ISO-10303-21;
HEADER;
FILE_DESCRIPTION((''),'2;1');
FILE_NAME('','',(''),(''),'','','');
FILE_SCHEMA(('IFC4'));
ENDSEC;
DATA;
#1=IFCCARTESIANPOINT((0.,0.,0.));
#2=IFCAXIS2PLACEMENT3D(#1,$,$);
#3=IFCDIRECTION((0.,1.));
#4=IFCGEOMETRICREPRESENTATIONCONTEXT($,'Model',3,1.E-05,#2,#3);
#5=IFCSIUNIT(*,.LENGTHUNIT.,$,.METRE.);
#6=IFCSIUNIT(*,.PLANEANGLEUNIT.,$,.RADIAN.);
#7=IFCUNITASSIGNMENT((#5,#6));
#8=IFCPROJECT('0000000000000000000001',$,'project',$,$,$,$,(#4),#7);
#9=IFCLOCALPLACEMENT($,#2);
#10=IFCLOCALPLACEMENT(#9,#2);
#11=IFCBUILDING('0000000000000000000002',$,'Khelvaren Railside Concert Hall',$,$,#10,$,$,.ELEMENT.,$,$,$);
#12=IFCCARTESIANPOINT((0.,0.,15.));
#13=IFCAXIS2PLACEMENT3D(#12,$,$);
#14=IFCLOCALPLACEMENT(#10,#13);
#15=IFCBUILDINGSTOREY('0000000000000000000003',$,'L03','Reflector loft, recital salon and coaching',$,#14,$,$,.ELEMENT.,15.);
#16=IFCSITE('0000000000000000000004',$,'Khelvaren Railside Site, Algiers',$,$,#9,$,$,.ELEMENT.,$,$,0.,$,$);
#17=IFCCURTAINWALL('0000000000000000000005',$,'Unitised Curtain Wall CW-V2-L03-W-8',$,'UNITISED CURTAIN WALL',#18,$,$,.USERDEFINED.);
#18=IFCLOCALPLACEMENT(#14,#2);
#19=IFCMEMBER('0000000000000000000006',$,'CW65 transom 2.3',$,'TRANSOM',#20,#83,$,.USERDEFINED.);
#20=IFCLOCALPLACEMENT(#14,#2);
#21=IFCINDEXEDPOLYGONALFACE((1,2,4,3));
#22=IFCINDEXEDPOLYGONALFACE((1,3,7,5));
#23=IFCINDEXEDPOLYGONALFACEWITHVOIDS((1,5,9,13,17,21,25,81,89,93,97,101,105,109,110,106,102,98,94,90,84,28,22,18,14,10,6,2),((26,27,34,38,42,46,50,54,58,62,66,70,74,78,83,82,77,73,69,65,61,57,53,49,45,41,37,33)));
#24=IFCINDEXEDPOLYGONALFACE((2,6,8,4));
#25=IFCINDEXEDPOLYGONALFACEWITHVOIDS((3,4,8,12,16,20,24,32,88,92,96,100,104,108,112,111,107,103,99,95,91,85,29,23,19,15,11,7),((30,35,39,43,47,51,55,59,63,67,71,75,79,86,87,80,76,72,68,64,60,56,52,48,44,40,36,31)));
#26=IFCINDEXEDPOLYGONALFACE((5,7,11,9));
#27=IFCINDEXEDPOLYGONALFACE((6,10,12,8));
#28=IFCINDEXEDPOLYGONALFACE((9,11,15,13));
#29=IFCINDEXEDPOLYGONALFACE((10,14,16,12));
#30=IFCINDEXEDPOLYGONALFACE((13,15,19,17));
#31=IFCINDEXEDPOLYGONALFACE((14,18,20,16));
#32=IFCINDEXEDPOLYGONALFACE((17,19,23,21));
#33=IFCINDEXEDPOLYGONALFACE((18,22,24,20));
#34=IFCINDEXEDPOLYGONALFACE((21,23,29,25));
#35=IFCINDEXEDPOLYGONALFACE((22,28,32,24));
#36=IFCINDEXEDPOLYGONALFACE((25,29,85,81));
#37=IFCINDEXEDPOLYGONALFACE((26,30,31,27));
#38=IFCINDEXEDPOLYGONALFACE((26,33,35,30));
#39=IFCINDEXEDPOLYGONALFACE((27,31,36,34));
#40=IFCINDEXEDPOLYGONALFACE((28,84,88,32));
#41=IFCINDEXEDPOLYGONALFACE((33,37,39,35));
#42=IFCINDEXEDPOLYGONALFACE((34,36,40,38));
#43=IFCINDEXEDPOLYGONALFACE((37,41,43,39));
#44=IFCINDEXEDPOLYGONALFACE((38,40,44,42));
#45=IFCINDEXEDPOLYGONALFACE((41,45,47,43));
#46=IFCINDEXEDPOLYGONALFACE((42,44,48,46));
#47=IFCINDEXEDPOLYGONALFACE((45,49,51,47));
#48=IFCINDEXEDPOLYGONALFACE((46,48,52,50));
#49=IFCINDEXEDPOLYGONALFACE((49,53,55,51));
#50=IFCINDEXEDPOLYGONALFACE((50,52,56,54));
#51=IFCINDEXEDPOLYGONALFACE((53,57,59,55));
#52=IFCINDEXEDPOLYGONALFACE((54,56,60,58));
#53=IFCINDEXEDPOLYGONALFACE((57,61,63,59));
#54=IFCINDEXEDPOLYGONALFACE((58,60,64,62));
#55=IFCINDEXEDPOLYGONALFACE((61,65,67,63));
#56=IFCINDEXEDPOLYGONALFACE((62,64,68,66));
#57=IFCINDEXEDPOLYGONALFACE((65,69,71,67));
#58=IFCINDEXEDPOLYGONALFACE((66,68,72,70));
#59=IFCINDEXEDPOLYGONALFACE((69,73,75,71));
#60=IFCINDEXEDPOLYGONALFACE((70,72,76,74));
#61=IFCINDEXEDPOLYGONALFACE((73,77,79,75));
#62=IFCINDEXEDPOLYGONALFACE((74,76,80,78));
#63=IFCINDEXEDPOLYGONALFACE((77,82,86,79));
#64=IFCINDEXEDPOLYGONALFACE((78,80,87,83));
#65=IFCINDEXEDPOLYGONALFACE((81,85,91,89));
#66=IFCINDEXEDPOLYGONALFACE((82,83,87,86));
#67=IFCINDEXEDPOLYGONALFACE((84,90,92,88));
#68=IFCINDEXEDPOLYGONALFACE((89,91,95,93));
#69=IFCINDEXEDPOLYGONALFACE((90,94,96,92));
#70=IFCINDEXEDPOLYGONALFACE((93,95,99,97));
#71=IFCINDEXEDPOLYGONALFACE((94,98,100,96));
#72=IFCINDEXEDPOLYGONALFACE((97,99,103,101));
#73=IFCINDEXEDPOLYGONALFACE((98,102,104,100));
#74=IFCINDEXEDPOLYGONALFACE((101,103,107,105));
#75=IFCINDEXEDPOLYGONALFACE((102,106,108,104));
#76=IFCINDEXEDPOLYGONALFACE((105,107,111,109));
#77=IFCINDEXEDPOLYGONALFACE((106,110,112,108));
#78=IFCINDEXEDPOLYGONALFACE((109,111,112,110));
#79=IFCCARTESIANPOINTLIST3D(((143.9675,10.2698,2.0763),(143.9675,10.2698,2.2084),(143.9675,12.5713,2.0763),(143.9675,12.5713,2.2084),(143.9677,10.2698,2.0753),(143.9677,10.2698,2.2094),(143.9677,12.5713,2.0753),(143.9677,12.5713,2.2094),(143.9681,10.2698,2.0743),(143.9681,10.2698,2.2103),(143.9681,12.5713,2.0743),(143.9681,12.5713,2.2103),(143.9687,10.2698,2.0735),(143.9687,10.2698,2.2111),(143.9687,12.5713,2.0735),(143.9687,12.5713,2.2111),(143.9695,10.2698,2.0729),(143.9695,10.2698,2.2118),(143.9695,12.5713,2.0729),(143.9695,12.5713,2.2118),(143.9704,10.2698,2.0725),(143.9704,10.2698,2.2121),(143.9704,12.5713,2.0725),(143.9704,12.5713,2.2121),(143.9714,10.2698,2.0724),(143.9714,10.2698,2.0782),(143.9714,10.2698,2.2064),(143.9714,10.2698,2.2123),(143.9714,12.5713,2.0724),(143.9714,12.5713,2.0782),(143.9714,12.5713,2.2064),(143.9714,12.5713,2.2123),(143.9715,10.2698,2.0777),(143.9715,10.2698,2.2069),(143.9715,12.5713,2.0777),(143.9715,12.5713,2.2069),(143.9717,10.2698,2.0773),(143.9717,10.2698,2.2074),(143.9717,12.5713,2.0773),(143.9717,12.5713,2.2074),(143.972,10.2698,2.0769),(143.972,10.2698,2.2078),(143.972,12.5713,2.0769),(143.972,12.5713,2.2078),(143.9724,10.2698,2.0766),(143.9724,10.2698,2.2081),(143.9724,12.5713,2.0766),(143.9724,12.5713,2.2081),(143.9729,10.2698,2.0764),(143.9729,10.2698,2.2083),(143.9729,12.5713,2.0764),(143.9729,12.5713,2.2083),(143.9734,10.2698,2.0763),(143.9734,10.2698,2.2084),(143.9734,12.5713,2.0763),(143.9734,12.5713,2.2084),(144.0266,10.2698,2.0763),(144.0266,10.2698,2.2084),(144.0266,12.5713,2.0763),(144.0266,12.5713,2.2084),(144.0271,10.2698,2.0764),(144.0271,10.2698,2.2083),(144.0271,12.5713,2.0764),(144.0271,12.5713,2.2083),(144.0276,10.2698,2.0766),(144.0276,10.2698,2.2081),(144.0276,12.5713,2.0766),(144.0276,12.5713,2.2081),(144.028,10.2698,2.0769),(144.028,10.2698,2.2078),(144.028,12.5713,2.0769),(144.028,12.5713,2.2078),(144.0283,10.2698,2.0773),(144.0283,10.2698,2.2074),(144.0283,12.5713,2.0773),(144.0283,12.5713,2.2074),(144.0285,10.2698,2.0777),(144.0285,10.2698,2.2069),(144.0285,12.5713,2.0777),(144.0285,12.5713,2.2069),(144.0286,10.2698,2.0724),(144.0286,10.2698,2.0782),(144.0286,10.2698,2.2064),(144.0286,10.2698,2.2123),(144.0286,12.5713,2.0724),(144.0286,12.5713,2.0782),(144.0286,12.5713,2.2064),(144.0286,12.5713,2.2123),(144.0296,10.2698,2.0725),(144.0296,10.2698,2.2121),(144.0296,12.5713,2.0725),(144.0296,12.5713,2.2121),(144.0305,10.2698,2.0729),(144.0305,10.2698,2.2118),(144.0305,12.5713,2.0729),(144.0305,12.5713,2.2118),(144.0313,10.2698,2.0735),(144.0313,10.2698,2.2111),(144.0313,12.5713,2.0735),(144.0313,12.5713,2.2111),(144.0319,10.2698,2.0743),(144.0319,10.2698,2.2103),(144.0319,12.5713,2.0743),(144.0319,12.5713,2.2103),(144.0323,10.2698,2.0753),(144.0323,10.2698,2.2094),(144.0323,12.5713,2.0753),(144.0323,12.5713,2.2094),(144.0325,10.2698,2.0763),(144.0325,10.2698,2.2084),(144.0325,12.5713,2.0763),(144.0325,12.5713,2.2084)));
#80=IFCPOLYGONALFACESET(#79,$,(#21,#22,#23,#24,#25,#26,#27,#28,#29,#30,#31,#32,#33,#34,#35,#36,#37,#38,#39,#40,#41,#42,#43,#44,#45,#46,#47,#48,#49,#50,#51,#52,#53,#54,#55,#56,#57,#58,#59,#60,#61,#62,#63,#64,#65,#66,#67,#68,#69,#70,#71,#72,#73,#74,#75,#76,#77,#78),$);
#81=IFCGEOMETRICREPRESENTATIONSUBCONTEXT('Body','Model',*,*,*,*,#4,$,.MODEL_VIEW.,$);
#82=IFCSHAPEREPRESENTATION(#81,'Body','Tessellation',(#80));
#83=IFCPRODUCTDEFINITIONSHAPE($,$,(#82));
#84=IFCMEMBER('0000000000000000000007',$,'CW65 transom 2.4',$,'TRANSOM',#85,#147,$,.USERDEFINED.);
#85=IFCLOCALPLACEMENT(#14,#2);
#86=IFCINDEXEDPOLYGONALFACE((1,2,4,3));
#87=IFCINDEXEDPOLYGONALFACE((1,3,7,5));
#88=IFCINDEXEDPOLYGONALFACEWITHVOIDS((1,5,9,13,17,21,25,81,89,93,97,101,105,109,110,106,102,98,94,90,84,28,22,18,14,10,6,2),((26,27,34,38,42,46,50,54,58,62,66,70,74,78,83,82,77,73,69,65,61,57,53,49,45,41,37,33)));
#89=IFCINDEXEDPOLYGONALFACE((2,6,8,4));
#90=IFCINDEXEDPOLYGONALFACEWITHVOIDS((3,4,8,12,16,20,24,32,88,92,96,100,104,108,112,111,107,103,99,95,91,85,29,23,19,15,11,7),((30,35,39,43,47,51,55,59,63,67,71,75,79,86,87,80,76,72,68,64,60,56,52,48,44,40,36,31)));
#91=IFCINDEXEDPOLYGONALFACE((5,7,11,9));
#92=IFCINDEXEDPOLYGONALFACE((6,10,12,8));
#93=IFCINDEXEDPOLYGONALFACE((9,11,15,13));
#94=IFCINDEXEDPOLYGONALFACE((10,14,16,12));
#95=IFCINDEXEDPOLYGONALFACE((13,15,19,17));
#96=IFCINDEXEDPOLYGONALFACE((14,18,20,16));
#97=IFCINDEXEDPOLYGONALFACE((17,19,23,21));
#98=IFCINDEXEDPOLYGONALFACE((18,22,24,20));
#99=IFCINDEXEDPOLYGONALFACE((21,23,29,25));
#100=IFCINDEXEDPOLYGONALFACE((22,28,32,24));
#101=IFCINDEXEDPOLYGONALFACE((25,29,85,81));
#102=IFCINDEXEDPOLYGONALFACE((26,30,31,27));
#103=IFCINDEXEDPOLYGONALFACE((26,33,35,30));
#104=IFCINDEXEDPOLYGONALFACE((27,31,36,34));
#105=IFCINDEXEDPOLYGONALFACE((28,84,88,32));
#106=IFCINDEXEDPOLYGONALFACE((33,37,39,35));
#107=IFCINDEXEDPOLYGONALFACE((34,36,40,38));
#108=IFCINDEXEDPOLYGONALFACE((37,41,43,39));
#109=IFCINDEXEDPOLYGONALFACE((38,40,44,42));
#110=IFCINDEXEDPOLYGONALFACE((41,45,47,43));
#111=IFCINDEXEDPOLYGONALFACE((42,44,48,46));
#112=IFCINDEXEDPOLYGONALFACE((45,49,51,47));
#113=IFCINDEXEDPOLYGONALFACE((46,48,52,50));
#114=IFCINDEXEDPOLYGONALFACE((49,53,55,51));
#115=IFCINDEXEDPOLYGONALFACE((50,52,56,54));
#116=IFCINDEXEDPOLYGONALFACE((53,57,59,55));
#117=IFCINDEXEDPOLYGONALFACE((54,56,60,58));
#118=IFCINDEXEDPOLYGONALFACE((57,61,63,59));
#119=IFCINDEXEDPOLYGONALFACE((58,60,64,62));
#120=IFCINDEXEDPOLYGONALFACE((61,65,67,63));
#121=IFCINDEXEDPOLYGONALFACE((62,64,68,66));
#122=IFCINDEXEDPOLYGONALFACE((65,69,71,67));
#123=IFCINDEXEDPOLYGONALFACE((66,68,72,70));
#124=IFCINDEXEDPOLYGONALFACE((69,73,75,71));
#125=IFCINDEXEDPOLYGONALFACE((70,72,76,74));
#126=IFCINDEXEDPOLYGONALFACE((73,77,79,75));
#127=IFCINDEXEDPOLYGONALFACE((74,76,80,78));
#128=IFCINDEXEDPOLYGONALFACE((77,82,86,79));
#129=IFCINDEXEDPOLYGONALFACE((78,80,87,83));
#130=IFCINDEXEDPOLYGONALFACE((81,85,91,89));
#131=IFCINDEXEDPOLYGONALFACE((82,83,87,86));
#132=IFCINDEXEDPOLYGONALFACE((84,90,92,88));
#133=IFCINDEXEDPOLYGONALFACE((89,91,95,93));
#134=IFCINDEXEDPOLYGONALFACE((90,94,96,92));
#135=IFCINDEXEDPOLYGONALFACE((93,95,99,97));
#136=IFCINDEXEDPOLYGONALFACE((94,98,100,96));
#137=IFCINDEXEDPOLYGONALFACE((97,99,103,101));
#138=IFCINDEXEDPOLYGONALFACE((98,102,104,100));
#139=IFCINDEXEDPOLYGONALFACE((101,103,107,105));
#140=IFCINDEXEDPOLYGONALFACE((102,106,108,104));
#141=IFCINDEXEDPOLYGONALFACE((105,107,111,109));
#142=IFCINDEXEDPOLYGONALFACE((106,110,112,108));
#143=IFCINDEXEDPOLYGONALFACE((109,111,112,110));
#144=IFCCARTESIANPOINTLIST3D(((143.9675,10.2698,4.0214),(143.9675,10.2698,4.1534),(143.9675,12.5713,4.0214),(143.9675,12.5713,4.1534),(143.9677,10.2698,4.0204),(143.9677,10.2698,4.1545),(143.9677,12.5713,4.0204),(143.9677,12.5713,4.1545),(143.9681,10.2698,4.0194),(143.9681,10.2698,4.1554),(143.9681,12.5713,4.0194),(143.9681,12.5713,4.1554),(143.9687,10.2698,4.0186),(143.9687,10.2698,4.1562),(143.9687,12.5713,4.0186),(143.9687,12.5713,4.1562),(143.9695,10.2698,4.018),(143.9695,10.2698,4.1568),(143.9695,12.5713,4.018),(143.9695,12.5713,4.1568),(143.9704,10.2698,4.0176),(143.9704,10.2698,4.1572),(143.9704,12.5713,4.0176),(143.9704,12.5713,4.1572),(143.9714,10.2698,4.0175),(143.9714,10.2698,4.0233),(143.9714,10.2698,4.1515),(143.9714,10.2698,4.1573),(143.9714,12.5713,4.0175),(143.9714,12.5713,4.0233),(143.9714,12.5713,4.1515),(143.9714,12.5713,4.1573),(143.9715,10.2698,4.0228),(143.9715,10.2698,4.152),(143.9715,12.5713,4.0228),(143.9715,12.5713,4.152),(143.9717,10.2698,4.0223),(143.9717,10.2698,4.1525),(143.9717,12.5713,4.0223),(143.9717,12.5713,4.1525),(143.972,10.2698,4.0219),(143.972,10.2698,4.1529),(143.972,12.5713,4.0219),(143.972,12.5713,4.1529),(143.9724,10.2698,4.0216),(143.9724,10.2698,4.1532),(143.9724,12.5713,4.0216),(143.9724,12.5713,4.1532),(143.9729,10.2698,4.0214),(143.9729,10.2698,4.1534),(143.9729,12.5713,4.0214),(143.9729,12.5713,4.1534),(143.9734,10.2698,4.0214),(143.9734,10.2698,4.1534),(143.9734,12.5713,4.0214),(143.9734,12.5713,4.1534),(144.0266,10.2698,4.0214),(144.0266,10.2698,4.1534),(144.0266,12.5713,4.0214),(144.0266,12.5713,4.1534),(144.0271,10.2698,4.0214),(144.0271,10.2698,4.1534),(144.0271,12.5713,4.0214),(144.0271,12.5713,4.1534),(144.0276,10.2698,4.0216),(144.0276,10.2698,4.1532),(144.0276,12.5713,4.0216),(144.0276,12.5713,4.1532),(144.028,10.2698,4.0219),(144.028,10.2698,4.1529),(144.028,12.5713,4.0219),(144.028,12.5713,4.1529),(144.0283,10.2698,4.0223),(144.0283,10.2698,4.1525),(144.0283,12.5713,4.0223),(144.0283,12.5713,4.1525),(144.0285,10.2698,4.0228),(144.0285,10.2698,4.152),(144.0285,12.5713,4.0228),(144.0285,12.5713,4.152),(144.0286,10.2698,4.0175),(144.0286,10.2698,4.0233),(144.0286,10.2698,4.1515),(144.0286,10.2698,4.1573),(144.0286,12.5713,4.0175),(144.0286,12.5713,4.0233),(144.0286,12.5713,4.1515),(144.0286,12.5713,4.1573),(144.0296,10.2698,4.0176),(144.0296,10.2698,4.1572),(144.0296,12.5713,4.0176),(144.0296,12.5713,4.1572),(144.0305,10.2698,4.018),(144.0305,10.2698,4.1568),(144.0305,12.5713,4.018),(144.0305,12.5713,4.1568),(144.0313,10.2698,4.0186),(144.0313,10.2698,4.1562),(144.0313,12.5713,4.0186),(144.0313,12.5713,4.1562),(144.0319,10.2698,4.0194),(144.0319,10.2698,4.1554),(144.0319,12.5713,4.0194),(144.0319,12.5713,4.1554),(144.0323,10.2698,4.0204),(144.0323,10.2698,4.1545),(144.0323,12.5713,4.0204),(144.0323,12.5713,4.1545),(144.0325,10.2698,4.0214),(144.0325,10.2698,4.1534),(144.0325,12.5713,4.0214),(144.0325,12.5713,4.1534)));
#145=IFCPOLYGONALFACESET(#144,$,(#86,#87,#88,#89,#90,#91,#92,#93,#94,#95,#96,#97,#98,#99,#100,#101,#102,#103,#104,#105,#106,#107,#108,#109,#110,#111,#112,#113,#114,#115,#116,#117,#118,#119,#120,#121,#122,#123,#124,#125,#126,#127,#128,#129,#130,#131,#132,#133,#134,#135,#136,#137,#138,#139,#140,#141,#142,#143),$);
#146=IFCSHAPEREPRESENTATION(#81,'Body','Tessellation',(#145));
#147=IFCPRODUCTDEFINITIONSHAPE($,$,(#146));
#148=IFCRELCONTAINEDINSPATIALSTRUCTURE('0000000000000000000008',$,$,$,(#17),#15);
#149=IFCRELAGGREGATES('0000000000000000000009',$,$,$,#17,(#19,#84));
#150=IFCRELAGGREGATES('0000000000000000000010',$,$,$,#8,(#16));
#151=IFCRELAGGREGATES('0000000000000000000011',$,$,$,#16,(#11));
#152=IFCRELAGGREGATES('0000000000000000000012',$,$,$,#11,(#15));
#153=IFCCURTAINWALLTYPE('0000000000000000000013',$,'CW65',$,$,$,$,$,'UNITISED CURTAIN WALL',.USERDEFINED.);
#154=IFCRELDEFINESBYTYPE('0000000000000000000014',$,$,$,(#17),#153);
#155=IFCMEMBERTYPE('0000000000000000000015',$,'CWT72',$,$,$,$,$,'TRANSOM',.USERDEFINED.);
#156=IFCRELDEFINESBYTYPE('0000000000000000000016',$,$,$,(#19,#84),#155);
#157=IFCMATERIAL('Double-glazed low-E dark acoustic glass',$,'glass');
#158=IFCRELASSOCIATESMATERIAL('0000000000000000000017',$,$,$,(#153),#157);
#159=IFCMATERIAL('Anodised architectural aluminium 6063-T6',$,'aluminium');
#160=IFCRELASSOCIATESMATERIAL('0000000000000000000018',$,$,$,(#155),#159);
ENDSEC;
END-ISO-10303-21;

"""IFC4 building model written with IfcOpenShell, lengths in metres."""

from ifc_helpers import new_model, si_unit, direction, frame, origin, origin_2d, place, context, subcontext, project, spatial, hollow_rectangle, extrude, material, material_profile, profile_set, type_object, element, aggregate, save


model = new_model("IFC4")

# Units and contexts
model_context = context("Model", 3, precision=1e-05, world=origin(), true_north=direction((0.0, 1.0)))
body_context = subcontext(model_context, "Body", "Model", "MODEL_VIEW")
ifc_project = project(units=[si_unit("LENGTHUNIT", "METRE"), si_unit("PLANEANGLEUNIT", "RADIAN")], contexts=[model_context])

# Site, building, storey
site_placement = place(None, origin())
site = spatial("IfcSite", under=ifc_project, at=site_placement, Name="Khelvaren Railside Site, Algiers", CompositionType="ELEMENT", RefElevation=0.0)
building_placement = place(site_placement, origin())
building = spatial("IfcBuilding", under=site, at=building_placement, Name="Khelvaren Railside Concert Hall", CompositionType="ELEMENT")
storey_placement = place(building_placement, frame((0.0, 0.0, 15.0)))
storey = spatial("IfcBuildingStorey", under=building, at=storey_placement, Name="L03", Description="Reflector loft, recital salon and coaching", CompositionType="ELEMENT", Elevation=15.0)

# Shared definitions
ifc_material_1 = material(Name="Anodised architectural aluminium 6063-T6", Category="aluminium")

# Curtain wall, members
ifc_material_2 = material(Name="Double-glazed low-E dark acoustic glass", Category="glass")
curtain_wall_type_1 = type_object("IfcCurtainWallType", Name="CW65", ElementType="UNITISED CURTAIN WALL", PredefinedType="USERDEFINED", material=ifc_material_2)
curtain_wall_1_placement = place(storey_placement, origin())
curtain_wall_1 = element("IfcCurtainWall", 1, at=curtain_wall_1_placement, inside=storey, type_object=curtain_wall_type_1, Name="Unitised Curtain Wall CW-V2-L03-W-8", ObjectType="UNITISED CURTAIN WALL", PredefinedType="USERDEFINED")
ifc_material_profile_1 = material_profile(ifc_material_1, hollow_rectangle(XDim=0.0649, YDim=0.1399, WallThickness=0.0039, InnerFilletRadius=0.002, OuterFilletRadius=0.0039, at=origin_2d()), Name="CWT 65x140x4")
ifc_profile_set_1 = profile_set([ifc_material_profile_1], Name="Anodised architectural aluminium 6063-T6")
member_type_1 = type_object("IfcMemberType", Name="CWT72", ElementType="TRANSOM", PredefinedType="USERDEFINED", material=ifc_profile_set_1)
member_1_placement = place(storey_placement, frame((144.0, 10.2698, 2.1423), z_axis=(0.0, 1.0, 0.0), x_axis=(-1.0, 0.0, 0.0)))
member_1 = element("IfcMember", 2, at=member_1_placement, type_object=member_type_1, Name="CW65 transom 2.3", ObjectType="TRANSOM", PredefinedType="USERDEFINED", context=body_context, shape_type="SweptSolid", body=[
    extrude(hollow_rectangle(XDim=0.0649, YDim=0.1399, WallThickness=0.0039, InnerFilletRadius=0.002, OuterFilletRadius=0.0039, at=origin_2d()), origin(), (0.0, 0.0, 1.0), 2.3015),
])
member_2_placement = place(storey_placement, frame((144.0, 10.2698, 4.0874), z_axis=(0.0, 1.0, 0.0), x_axis=(-1.0, 0.0, 0.0)))
member_2 = element("IfcMember", 3, at=member_2_placement, type_object=member_type_1, Name="CW65 transom 2.4", ObjectType="TRANSOM", PredefinedType="USERDEFINED", context=body_context, shape_type="SweptSolid", body=[
    extrude(hollow_rectangle(XDim=0.0649, YDim=0.1399, WallThickness=0.0039, InnerFilletRadius=0.002, OuterFilletRadius=0.0039, at=origin_2d()), origin(), (0.0, 0.0, 1.0), 2.3015),
])

aggregate(curtain_wall_1, [member_1, member_2])

save(model, "model.ifc")
